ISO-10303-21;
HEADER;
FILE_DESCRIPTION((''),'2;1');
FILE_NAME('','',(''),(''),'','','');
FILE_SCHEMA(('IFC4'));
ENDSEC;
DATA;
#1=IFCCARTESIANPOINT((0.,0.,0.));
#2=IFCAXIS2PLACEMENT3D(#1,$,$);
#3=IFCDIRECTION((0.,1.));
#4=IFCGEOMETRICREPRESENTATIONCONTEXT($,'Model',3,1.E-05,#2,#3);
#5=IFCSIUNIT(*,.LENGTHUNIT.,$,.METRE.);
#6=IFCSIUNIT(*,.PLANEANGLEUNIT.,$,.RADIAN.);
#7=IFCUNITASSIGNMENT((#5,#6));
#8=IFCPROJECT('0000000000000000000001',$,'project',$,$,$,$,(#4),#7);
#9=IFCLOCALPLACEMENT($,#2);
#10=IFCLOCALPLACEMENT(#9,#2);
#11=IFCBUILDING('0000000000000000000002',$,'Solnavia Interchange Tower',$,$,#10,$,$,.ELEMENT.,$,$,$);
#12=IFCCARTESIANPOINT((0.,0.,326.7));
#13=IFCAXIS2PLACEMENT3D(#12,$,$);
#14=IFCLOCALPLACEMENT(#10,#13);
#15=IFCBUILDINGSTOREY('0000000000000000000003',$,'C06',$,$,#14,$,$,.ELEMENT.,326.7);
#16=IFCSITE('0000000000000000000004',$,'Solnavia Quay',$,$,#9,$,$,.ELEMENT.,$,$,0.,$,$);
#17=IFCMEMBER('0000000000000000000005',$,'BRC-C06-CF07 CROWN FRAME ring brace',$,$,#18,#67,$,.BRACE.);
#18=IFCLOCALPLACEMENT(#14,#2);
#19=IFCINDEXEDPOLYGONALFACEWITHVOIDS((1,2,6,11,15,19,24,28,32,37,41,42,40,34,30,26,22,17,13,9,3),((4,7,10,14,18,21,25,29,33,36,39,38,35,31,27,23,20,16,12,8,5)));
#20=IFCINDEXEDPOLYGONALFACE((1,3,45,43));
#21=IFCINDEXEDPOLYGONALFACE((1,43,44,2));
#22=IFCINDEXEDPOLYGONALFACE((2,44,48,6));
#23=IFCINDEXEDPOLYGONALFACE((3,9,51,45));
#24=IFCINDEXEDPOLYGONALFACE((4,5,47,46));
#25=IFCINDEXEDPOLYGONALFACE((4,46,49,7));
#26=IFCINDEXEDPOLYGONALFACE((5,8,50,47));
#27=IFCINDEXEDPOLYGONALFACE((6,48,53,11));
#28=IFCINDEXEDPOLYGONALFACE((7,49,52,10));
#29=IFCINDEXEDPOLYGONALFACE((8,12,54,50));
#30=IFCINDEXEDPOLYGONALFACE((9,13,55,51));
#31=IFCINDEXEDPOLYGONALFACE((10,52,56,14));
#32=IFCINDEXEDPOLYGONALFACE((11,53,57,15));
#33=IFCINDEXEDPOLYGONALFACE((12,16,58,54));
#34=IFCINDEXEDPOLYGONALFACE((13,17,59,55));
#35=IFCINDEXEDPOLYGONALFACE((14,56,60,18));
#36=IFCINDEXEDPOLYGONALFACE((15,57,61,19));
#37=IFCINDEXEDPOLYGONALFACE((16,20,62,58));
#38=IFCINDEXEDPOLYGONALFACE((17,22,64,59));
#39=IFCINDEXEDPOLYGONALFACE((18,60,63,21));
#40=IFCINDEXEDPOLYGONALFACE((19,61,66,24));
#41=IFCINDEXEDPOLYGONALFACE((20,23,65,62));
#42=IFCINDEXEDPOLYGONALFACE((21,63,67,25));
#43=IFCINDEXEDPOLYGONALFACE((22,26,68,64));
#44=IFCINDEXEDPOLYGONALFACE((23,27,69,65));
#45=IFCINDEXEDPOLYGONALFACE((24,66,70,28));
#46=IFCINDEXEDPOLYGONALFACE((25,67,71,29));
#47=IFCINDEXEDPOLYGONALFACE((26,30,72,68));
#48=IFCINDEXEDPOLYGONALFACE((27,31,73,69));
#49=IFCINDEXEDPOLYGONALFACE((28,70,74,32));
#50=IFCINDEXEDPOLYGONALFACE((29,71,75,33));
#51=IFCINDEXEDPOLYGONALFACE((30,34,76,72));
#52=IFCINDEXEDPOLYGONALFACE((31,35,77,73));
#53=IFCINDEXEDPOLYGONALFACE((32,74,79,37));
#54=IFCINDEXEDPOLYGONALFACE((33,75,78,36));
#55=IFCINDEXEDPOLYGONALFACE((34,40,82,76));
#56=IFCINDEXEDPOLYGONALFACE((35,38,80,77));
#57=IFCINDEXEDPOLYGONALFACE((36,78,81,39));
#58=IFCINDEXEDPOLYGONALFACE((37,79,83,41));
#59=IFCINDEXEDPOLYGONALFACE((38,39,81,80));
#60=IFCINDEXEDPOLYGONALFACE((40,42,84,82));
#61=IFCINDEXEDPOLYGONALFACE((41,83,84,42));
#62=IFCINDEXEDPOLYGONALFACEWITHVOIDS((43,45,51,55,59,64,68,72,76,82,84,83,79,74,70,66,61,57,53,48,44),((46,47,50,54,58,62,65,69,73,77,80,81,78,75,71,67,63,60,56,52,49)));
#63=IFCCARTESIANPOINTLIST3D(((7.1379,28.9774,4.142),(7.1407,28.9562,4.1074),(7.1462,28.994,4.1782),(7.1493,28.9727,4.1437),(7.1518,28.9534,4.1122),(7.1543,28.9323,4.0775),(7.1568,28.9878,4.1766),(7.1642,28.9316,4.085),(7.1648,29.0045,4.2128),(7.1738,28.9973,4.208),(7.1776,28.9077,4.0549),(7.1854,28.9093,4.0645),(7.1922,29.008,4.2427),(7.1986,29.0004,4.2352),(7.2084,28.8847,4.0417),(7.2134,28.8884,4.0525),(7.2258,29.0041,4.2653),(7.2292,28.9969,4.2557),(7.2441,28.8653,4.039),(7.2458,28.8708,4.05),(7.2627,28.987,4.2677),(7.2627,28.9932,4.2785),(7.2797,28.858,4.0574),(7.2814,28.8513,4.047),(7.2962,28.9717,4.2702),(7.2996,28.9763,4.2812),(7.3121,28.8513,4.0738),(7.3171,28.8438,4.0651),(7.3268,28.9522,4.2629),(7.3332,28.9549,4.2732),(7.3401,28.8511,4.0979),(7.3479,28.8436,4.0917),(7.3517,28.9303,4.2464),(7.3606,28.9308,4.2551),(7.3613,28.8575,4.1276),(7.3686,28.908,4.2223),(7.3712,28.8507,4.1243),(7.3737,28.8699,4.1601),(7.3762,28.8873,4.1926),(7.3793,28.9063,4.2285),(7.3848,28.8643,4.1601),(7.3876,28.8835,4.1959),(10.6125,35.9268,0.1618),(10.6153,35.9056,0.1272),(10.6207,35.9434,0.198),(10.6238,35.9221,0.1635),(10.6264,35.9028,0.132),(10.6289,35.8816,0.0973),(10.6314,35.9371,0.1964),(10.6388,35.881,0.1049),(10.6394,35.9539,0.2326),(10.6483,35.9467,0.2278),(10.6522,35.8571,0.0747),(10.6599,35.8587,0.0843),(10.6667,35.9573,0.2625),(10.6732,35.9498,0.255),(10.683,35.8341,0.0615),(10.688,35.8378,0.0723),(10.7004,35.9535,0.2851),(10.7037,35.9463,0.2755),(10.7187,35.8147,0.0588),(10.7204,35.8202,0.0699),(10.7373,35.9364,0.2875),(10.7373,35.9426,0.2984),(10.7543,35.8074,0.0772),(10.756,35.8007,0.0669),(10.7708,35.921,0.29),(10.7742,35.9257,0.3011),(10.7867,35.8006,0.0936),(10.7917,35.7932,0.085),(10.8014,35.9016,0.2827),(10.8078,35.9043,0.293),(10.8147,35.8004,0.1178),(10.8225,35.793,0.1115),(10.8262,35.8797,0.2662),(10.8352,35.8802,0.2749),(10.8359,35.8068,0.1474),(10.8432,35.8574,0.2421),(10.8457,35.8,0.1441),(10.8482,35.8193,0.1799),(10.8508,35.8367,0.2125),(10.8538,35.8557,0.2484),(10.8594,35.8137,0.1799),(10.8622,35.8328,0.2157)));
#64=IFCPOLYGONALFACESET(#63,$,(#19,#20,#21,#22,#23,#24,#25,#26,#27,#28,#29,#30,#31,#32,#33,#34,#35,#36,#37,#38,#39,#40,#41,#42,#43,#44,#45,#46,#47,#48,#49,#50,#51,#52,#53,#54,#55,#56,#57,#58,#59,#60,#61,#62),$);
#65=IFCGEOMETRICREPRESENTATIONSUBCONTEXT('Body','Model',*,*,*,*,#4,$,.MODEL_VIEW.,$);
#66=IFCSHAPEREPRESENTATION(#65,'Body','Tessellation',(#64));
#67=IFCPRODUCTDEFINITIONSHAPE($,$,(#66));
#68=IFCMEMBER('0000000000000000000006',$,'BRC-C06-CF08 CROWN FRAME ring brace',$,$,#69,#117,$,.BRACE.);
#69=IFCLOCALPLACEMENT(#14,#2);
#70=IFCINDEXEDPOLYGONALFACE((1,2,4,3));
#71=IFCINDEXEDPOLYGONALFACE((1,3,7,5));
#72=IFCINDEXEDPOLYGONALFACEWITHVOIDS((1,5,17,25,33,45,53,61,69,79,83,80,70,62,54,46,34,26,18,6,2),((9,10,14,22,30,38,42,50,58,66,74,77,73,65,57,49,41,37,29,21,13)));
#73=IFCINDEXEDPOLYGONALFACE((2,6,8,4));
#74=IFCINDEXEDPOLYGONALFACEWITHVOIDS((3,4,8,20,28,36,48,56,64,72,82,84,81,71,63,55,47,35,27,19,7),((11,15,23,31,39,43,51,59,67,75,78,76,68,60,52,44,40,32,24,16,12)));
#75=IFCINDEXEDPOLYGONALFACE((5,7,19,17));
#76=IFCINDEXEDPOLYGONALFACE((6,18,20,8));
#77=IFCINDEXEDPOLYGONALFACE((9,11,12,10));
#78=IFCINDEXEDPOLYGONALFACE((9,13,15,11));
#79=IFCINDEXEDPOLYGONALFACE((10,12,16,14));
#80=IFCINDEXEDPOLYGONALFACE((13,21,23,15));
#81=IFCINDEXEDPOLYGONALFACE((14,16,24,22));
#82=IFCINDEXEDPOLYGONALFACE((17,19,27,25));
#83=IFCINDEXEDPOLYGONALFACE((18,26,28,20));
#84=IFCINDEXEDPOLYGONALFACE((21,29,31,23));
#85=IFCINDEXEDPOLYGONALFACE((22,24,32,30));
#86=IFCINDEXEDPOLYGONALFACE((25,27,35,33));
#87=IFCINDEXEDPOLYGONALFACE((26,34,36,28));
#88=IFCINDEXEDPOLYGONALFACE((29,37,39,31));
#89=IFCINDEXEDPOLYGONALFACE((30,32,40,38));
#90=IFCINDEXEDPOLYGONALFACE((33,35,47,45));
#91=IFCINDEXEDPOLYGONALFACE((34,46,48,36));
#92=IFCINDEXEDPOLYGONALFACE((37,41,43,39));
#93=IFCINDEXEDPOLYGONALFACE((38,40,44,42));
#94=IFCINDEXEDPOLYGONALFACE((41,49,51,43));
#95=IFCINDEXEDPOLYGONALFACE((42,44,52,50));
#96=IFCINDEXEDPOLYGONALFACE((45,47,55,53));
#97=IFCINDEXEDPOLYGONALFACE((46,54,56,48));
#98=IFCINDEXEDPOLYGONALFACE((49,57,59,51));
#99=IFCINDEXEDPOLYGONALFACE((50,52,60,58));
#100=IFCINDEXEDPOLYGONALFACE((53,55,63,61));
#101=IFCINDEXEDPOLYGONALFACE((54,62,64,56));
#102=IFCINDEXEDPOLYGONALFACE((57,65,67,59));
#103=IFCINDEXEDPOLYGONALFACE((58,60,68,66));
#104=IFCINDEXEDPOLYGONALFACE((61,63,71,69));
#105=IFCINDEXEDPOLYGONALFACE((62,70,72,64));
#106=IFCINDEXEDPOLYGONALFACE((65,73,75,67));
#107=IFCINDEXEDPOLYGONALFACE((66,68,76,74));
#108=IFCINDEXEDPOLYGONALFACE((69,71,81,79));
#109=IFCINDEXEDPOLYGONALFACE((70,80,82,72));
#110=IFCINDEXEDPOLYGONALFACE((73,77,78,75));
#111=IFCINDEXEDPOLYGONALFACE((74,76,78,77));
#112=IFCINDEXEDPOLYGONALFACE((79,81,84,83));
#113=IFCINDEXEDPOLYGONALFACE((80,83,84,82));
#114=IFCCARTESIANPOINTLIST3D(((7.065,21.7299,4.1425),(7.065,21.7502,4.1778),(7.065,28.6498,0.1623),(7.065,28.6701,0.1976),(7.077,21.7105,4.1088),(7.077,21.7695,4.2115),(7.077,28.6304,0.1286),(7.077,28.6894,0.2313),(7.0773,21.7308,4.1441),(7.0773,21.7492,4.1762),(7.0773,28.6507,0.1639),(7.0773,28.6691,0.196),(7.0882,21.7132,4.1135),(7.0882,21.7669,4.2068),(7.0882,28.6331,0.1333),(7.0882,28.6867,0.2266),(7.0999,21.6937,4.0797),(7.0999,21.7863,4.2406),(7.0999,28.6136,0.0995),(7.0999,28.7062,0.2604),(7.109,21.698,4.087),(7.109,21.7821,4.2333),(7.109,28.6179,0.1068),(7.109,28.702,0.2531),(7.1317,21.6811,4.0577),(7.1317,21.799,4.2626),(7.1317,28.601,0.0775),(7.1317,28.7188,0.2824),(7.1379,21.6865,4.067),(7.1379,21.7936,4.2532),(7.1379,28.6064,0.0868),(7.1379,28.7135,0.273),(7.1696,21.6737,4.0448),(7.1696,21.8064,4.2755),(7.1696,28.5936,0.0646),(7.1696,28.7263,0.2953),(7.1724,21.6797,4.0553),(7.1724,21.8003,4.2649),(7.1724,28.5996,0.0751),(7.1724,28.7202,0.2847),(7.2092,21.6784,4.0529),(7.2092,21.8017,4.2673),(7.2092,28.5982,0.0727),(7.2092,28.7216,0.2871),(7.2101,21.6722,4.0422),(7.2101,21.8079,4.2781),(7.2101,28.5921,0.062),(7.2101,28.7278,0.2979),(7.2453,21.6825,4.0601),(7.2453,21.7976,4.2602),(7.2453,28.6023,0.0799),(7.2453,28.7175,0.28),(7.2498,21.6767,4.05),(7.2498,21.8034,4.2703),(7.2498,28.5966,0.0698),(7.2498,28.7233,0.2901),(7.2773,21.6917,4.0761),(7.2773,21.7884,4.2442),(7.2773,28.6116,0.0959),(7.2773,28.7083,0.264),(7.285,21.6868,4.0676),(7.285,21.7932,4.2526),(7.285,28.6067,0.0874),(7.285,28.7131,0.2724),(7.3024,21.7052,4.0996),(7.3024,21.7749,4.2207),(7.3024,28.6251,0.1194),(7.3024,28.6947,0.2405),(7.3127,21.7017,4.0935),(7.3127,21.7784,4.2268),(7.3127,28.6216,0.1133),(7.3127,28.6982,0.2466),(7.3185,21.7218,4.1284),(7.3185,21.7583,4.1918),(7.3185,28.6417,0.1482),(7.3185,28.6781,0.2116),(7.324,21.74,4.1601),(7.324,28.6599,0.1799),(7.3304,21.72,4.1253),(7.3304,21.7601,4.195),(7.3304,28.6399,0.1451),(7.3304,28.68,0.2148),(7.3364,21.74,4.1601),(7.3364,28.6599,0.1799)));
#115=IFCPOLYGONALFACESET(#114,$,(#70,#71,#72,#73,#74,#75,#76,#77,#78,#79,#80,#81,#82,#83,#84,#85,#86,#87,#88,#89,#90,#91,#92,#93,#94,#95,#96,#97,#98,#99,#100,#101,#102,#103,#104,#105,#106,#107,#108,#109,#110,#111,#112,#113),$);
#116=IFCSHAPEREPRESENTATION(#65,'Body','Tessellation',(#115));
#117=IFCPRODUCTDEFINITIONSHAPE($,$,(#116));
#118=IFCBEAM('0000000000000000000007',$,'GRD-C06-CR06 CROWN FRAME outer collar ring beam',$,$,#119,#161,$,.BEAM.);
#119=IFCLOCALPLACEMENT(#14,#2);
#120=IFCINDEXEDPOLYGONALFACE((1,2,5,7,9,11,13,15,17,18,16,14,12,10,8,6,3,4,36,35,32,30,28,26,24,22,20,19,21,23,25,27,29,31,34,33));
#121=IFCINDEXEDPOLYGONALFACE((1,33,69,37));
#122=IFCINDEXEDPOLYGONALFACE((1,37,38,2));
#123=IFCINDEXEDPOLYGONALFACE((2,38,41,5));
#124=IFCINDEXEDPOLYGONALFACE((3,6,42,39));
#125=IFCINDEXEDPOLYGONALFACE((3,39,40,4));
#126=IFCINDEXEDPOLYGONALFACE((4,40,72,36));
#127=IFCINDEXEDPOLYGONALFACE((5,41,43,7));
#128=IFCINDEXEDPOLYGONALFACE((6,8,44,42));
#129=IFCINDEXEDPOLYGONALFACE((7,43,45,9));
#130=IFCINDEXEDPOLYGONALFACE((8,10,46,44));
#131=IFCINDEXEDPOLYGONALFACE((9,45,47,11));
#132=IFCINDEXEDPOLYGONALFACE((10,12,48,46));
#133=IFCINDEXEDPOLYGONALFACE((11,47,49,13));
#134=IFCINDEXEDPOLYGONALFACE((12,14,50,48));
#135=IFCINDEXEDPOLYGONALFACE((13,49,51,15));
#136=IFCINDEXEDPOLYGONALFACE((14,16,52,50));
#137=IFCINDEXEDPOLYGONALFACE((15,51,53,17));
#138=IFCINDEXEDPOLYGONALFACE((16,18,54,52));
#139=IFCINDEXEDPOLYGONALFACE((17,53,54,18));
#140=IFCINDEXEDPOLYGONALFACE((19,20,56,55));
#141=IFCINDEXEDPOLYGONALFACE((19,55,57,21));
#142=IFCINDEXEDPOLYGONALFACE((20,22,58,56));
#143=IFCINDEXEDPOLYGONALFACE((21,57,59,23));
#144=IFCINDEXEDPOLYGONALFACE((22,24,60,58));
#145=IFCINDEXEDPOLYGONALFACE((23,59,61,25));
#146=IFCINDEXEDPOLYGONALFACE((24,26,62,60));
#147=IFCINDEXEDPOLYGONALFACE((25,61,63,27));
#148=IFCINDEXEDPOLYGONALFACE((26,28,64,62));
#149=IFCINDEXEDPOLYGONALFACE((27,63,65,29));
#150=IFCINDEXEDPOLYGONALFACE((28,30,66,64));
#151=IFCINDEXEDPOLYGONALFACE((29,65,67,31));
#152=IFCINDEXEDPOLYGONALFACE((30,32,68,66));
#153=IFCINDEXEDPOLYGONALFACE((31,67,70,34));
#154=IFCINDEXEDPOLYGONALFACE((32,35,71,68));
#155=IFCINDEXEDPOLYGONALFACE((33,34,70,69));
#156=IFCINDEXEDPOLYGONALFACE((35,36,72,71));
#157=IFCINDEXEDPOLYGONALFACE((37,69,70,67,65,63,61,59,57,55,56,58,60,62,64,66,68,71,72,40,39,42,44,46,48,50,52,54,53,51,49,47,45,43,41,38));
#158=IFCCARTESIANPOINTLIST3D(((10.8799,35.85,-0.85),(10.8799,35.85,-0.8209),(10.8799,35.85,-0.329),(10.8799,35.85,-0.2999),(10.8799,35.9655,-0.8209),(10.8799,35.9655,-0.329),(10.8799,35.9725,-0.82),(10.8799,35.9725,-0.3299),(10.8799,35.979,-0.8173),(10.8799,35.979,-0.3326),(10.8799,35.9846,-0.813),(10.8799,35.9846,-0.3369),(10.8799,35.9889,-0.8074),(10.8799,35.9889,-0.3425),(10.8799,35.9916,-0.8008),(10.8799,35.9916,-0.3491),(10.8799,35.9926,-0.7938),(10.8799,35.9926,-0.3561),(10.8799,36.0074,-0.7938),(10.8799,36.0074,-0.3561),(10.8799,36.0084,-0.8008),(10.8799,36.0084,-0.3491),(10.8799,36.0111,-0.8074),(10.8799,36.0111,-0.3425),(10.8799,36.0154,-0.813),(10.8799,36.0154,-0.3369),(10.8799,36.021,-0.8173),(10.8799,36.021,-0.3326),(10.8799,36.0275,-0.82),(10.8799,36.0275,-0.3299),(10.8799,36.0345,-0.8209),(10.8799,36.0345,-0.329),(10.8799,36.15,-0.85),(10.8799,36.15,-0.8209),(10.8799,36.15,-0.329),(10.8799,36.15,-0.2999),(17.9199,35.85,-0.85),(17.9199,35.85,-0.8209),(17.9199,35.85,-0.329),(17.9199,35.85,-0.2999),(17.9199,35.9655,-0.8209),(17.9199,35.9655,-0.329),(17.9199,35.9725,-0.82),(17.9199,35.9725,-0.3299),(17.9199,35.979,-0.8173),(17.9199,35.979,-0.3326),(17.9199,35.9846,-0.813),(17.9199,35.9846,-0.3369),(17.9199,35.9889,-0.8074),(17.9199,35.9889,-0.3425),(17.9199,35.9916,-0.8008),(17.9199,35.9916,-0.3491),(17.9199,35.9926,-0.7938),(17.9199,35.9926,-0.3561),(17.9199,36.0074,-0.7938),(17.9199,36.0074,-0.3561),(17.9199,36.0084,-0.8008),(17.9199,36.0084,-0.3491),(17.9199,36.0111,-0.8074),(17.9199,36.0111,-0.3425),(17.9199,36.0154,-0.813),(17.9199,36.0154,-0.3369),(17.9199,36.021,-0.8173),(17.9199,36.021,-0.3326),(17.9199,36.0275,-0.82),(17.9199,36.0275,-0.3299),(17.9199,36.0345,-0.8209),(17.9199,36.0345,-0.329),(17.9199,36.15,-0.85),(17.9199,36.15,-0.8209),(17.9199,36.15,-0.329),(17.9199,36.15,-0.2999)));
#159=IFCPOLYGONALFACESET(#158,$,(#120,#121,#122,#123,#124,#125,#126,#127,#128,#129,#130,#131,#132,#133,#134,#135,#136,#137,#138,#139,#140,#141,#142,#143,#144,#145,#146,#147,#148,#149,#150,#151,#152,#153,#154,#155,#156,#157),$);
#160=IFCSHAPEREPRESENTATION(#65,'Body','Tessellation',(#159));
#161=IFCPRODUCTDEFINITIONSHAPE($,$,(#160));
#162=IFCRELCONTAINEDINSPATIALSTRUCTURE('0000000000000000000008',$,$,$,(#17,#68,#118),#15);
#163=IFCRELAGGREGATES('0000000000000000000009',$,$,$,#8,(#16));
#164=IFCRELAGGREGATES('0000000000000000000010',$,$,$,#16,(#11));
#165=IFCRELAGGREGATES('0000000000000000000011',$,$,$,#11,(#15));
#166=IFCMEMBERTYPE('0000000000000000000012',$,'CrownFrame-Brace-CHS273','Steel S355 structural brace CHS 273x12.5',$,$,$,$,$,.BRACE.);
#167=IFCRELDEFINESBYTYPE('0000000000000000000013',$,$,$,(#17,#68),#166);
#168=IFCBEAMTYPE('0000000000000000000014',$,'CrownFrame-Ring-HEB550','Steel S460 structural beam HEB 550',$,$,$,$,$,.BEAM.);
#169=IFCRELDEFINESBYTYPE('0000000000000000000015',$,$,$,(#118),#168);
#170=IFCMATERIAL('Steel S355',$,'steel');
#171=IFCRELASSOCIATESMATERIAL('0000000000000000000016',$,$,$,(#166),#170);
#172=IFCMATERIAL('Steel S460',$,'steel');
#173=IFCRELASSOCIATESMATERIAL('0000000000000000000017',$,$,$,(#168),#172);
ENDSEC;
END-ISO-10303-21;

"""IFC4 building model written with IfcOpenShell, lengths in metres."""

from ifc_helpers import new_model, si_unit, direction, frame, origin, origin_2d, place, context, subcontext, project, spatial, hollow_circle, i_section, extrude, material, material_profile, profile_set, type_object, element, save


model = new_model("IFC4")

# Units and contexts
model_context = context("Model", 3, precision=1e-05, world=origin(), true_north=direction((0.0, 1.0)))
body_context = subcontext(model_context, "Body", "Model", "MODEL_VIEW")
ifc_project = project(units=[si_unit("LENGTHUNIT", "METRE"), si_unit("PLANEANGLEUNIT", "RADIAN")], contexts=[model_context])

# Site, building, storey
site_placement = place(None, origin())
site = spatial("IfcSite", under=ifc_project, at=site_placement, Name="Solnavia Quay", CompositionType="ELEMENT", RefElevation=0.0)
building_placement = place(site_placement, origin())
building = spatial("IfcBuilding", under=site, at=building_placement, Name="Solnavia Interchange Tower", CompositionType="ELEMENT")
storey_placement = place(building_placement, frame((0.0, 0.0, 326.7)))
storey = spatial("IfcBuildingStorey", under=building, at=storey_placement, Name="C06", CompositionType="ELEMENT", Elevation=326.7)

# Shared definitions
ifc_material_1 = material(Name="Steel S460", Category="steel")

# Members
ifc_material_2 = material(Name="Steel S355", Category="steel")
ifc_material_profile_1 = material_profile(ifc_material_2, hollow_circle(Radius=0.1365, WallThickness=0.0125, at=origin_2d()), Name="CHS 273x12.5")
ifc_profile_set_1 = profile_set([ifc_material_profile_1], Name="Steel S355")
member_type = type_object("IfcMemberType", Name="CrownFrame-Brace-CHS273", Description="Steel S355 structural brace CHS 273x12.5", PredefinedType="BRACE", material=ifc_profile_set_1)
member_1_placement = place(storey_placement, frame((10.7373, 35.8748, 0.1799), z_axis=(-0.398015, -0.796058, 0.455933), x_axis=(0.894433, -0.447201, 0.0)))
element("IfcMember", 1, at=member_1_placement, inside=storey, type_object=member_type, Name="BRC-C06-CF07 CROWN FRAME ring brace", PredefinedType="BRACE", context=body_context, shape_type="SweptSolid", body=[
    extrude(hollow_circle(Radius=0.1365, WallThickness=0.0125, at=origin_2d()), origin(), (0.0, 0.0, 1.0), 8.7297),
])
member_2_placement = place(storey_placement, frame((7.2, 28.6599, 0.1799), z_axis=(0.0, -0.866838, 0.498591), x_axis=(1.0, 0.0, 0.0)))
element("IfcMember", 2, at=member_2_placement, inside=storey, type_object=member_type, Name="BRC-C06-CF08 CROWN FRAME ring brace", PredefinedType="BRACE", context=body_context, shape_type="SweptSolid", body=[
    extrude(hollow_circle(Radius=0.1365, WallThickness=0.0125, at=origin_2d()), origin(), (0.0, 0.0, 1.0), 7.9829),
])

# Beam
ifc_material_profile_2 = material_profile(ifc_material_1, i_section(OverallWidth=0.3, OverallDepth=0.55, WebThickness=0.0149, FlangeThickness=0.0291, FilletRadius=0.0271, at=origin_2d()), Name="HEB 550")
ifc_profile_set_2 = profile_set([ifc_material_profile_2], Name="Steel S460")
beam_type_1 = type_object("IfcBeamType", Name="CrownFrame-Ring-HEB550", Description="Steel S460 structural beam HEB 550", PredefinedType="BEAM", material=ifc_profile_set_2)
beam_1_placement = place(storey_placement, frame((17.9199, 36.0, -0.575), z_axis=(-1.0, 0.0, 0.0), x_axis=(0.0, -1.0, 0.0)))
element("IfcBeam", 3, at=beam_1_placement, inside=storey, type_object=beam_type_1, Name="GRD-C06-CR06 CROWN FRAME outer collar ring beam", PredefinedType="BEAM", context=body_context, shape_type="SweptSolid", body=[
    extrude(i_section(OverallWidth=0.3, OverallDepth=0.55, WebThickness=0.0149, FlangeThickness=0.0291, FilletRadius=0.0271, at=origin_2d()), origin(), (0.0, 0.0, 1.0), 7.04),
])

save(model, "model.ifc")
